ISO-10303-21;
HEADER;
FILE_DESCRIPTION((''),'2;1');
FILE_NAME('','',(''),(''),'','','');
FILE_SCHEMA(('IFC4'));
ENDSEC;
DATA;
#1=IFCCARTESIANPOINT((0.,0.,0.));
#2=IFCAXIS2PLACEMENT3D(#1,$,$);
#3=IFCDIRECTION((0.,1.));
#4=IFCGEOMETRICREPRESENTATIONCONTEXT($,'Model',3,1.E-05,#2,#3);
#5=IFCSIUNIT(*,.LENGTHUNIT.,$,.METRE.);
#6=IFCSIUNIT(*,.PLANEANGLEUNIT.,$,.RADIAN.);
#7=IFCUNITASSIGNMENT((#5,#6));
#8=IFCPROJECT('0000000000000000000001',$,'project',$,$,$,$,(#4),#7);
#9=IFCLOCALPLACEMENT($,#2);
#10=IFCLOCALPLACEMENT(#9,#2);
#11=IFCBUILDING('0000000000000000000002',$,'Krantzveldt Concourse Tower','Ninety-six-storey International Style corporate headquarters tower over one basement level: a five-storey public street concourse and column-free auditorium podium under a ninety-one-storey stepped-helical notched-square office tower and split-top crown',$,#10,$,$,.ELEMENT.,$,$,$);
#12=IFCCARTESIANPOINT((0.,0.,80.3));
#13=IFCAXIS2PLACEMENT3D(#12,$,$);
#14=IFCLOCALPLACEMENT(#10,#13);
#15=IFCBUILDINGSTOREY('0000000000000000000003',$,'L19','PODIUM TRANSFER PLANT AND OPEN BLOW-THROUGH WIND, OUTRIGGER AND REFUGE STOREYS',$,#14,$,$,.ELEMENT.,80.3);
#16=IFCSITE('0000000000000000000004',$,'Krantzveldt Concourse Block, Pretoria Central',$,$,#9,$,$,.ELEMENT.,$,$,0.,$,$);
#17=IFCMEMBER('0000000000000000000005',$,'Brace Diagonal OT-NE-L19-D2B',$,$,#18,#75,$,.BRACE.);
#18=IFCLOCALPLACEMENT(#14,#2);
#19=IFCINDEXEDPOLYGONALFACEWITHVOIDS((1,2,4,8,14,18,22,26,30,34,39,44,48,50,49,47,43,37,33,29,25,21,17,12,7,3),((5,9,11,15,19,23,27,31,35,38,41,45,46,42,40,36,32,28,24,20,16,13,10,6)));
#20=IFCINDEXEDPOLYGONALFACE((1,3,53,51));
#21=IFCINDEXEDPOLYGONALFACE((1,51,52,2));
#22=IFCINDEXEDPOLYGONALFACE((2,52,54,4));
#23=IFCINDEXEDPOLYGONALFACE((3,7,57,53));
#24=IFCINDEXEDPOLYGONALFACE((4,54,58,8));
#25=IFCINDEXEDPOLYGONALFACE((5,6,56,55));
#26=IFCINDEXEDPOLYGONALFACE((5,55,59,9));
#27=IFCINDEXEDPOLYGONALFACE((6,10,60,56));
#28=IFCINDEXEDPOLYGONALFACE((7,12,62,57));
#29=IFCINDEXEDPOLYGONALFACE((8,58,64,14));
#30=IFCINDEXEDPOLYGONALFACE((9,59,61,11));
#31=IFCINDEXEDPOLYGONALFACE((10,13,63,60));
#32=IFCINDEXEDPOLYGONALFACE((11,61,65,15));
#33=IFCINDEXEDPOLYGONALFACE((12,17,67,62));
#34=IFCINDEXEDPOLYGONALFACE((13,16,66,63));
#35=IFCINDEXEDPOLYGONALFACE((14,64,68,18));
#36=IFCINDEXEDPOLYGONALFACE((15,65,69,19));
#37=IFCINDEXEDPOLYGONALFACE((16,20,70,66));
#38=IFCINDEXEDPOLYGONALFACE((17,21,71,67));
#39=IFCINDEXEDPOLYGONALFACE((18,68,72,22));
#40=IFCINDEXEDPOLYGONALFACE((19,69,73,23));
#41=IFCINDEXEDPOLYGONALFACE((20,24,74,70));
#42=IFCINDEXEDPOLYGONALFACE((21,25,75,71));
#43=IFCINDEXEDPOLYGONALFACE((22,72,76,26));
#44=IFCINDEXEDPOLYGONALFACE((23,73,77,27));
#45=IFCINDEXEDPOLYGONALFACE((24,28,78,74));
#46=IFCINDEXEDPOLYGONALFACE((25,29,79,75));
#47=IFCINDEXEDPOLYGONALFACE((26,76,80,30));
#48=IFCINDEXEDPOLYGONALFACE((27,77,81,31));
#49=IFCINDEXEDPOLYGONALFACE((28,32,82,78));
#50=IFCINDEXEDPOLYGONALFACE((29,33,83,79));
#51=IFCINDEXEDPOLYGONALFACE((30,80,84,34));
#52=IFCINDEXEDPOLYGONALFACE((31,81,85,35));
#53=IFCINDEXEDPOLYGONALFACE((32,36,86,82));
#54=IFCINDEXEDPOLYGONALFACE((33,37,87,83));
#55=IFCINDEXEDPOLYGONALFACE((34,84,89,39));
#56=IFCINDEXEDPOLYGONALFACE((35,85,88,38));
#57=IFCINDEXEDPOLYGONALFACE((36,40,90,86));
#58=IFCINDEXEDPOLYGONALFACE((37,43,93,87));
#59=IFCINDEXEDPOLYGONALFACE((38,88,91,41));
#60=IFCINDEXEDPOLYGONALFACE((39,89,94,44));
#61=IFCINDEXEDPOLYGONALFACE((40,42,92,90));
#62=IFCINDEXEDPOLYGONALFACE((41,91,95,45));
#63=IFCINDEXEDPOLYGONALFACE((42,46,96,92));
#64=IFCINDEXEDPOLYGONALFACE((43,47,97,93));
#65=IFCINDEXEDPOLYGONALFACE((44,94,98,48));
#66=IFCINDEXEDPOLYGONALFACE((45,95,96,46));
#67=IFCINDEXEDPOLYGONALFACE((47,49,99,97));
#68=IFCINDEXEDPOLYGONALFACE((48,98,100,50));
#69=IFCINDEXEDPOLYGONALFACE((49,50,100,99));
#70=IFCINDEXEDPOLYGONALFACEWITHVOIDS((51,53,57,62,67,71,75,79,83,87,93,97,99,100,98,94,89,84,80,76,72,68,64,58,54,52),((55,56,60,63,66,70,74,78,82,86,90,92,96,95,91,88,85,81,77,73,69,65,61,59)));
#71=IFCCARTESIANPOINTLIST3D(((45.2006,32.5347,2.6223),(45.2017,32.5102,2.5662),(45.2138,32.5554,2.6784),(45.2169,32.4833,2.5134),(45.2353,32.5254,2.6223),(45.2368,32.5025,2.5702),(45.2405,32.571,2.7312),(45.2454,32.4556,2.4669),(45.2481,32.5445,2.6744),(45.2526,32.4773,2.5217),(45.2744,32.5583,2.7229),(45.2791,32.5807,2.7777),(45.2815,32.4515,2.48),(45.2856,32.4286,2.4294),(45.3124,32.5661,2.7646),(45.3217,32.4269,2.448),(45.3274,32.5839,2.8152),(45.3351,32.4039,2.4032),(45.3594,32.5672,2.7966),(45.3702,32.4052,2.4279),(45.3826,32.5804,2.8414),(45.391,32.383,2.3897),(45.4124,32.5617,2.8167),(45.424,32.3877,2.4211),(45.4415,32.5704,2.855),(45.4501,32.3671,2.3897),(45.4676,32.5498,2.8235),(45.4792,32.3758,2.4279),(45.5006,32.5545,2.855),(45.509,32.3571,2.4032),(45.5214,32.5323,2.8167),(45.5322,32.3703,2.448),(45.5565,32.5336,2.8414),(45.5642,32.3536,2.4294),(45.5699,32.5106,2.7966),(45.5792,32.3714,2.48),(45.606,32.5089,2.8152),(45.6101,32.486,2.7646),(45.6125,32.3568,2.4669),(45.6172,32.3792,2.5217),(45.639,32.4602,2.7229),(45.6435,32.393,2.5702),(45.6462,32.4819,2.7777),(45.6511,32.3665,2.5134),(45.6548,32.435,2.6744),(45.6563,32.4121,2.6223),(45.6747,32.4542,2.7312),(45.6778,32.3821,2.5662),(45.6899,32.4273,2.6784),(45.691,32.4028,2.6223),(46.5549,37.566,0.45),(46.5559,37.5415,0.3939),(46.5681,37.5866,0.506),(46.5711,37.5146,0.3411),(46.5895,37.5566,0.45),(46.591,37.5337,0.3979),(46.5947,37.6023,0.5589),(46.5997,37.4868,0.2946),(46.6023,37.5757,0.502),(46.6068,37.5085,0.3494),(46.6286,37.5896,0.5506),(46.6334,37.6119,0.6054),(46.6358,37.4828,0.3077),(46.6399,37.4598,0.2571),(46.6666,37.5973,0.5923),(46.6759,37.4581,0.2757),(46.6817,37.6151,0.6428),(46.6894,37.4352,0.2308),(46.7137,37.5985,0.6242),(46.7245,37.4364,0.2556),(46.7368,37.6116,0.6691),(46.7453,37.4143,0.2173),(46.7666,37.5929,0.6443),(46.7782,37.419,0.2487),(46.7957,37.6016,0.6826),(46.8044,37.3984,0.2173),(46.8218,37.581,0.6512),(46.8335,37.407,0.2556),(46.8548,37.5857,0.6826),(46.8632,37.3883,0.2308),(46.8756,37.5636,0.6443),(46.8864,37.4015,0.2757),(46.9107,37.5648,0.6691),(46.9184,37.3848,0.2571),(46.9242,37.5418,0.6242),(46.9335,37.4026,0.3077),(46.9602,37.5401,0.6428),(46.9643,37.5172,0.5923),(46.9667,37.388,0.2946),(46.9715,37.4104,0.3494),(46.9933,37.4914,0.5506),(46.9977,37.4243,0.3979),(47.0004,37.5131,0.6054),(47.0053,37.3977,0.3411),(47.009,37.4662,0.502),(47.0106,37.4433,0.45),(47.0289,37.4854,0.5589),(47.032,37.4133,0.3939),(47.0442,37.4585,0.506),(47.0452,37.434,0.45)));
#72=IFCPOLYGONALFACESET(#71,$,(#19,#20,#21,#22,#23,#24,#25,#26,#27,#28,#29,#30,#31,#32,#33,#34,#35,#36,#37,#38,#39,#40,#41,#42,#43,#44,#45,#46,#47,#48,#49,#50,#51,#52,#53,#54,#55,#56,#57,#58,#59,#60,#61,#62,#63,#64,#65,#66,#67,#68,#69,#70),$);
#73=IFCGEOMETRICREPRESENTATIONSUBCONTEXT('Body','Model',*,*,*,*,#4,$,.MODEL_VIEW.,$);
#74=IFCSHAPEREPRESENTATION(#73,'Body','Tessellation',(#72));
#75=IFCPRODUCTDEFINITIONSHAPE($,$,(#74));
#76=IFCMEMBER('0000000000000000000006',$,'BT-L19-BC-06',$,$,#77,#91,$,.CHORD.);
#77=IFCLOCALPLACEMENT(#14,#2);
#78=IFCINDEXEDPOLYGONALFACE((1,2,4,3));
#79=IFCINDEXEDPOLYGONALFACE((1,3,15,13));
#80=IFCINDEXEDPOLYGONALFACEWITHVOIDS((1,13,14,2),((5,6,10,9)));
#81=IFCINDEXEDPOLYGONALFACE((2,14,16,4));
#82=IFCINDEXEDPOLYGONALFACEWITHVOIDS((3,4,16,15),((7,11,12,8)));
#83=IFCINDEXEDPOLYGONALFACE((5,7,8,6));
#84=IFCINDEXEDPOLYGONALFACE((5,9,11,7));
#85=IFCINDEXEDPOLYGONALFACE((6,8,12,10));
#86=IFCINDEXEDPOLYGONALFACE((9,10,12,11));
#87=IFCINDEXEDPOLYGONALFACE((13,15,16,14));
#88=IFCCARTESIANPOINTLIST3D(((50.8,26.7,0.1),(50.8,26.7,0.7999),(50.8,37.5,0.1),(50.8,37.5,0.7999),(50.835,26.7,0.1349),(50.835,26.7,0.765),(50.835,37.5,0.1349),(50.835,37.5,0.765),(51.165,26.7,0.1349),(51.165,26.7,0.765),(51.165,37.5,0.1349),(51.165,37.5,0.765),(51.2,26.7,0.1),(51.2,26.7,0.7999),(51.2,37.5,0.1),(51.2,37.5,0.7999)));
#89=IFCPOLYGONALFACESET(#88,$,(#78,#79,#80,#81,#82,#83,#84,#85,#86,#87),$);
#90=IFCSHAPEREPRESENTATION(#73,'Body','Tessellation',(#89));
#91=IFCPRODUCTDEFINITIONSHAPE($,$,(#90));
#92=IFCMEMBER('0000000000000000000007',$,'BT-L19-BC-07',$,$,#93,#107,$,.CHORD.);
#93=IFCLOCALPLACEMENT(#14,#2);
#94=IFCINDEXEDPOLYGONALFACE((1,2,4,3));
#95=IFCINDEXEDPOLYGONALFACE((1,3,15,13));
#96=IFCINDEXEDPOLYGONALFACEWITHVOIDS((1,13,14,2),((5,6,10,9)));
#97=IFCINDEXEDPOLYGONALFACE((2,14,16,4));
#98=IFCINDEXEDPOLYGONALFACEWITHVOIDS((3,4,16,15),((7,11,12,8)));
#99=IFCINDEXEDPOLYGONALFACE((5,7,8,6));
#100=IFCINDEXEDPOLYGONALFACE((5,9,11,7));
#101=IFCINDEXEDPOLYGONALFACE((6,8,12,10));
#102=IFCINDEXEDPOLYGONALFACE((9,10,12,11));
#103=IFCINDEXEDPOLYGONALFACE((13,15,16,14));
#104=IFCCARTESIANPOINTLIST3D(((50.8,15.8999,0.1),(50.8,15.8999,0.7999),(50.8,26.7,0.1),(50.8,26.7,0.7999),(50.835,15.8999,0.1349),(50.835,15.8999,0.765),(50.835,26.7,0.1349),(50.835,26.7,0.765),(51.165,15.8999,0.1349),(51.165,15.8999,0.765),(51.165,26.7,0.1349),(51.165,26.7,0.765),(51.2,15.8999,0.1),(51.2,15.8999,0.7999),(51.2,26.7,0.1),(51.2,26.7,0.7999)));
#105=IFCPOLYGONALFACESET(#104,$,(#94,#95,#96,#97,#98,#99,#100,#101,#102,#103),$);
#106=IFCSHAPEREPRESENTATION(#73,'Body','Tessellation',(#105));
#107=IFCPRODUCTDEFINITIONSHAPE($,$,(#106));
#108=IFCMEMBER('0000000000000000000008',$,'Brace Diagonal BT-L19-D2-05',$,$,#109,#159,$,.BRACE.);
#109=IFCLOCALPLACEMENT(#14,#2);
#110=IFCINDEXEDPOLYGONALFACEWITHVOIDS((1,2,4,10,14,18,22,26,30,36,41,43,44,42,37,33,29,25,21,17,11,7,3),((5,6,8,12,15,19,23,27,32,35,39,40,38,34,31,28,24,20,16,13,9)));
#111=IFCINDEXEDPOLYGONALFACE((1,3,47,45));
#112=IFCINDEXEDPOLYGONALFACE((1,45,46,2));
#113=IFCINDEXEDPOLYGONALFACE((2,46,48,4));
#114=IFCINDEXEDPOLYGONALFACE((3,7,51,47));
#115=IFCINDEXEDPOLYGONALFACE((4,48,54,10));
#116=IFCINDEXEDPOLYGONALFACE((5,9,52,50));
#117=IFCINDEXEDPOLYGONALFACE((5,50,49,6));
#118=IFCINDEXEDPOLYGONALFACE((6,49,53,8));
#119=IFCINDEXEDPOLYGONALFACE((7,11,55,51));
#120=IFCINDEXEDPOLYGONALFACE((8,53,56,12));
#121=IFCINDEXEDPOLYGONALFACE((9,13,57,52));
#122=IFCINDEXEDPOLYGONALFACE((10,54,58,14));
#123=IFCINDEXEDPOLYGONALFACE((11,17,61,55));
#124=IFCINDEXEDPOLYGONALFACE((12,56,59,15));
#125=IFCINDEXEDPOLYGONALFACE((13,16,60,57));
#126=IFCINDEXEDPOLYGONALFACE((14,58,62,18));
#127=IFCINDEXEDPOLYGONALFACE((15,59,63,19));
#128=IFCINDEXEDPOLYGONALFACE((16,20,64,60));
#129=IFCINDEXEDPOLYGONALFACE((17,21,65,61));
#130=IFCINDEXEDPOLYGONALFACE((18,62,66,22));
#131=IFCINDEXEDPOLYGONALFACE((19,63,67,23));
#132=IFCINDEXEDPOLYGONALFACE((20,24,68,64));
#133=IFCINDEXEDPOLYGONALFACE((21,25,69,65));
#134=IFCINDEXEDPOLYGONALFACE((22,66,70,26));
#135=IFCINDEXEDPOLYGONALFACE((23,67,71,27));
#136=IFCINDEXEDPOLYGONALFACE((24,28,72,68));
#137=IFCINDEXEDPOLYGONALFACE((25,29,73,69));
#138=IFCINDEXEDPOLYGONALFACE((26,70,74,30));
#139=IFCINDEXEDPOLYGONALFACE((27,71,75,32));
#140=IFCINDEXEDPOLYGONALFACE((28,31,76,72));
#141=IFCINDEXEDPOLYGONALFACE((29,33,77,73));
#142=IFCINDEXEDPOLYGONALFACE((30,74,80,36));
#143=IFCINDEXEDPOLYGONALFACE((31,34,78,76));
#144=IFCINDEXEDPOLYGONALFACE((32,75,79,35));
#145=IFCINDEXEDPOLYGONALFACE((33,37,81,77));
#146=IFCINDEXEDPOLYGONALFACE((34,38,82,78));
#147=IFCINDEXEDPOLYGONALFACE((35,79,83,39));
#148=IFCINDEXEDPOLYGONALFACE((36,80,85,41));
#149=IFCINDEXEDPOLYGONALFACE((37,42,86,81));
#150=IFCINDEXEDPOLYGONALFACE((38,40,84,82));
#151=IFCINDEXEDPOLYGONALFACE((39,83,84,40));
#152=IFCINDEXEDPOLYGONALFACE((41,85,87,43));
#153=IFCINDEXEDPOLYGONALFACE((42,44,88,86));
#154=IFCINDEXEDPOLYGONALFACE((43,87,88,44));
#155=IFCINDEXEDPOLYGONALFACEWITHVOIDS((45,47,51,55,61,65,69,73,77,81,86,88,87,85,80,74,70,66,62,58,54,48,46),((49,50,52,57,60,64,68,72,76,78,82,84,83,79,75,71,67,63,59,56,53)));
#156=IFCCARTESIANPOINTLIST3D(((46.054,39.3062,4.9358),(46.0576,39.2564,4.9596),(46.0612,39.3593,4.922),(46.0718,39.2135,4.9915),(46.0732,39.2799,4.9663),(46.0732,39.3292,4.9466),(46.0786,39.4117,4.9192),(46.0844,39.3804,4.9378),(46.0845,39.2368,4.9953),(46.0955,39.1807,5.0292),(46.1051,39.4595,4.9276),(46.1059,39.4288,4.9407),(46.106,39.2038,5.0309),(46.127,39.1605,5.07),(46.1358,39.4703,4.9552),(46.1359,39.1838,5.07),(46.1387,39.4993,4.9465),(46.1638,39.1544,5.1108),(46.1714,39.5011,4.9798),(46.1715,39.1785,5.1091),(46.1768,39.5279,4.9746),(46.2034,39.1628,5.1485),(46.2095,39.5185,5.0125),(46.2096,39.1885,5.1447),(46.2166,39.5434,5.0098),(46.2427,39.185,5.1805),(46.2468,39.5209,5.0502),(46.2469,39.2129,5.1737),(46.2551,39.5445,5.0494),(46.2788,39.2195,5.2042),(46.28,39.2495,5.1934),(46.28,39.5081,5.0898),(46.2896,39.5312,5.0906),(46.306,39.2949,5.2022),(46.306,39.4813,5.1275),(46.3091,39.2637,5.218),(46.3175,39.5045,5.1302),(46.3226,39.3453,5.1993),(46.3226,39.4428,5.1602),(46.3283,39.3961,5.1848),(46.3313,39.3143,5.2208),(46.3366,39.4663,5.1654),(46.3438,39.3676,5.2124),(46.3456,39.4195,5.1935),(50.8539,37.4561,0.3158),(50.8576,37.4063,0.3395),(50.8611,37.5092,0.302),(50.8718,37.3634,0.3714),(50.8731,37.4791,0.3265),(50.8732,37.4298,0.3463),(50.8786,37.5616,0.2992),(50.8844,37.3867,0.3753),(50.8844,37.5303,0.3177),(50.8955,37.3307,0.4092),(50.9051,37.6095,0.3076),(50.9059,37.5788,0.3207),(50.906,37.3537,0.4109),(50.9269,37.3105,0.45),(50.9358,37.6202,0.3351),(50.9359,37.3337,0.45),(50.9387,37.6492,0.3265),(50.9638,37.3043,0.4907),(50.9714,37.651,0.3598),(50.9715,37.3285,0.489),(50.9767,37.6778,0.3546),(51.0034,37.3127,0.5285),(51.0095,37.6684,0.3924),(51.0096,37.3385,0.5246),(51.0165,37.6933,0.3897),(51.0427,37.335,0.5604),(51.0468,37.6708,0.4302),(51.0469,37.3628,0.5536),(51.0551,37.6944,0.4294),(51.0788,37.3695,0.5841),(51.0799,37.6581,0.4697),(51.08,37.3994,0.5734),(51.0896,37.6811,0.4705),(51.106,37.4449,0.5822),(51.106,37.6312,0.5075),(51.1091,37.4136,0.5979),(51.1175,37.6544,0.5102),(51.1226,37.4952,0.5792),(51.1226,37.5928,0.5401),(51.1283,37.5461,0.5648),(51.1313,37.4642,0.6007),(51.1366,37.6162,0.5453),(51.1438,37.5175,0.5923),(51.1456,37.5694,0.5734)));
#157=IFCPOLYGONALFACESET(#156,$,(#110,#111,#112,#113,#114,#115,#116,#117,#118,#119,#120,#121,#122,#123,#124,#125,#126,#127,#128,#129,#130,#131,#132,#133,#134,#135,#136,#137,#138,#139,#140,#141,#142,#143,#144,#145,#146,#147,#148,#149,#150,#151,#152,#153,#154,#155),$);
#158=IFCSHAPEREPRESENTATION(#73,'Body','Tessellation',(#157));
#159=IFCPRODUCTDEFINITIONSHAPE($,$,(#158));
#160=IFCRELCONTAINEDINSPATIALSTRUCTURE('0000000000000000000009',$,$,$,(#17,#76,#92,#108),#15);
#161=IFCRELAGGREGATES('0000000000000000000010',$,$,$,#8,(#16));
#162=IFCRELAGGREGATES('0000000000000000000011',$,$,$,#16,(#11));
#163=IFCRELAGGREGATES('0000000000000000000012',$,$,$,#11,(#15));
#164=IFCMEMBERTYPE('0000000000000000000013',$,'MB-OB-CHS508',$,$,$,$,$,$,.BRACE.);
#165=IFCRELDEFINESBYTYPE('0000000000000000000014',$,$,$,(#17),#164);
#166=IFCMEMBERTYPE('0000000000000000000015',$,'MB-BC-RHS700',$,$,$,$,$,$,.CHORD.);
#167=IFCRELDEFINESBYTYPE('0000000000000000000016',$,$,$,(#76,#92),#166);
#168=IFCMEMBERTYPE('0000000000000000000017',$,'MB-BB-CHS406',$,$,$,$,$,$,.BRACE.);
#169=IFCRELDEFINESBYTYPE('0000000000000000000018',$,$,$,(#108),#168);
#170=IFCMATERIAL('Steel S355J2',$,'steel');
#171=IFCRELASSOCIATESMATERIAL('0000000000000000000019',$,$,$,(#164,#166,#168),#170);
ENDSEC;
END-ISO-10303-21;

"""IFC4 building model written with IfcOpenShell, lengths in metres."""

from ifc_helpers import new_model, si_unit, direction, frame, origin, origin_2d, place, context, subcontext, project, spatial, hollow_rectangle, hollow_circle, extrude, source, transform, mapped, material, material_profile, profile_set, type_object, type_shapes, element, save


model = new_model("IFC4")

# Units and contexts
model_context = context("Model", 3, precision=1e-05, world=origin(), true_north=direction((0.0, 1.0)))
body_context = subcontext(model_context, "Body", "Model", "MODEL_VIEW")
ifc_project = project(units=[si_unit("LENGTHUNIT", "METRE"), si_unit("PLANEANGLEUNIT", "RADIAN")], contexts=[model_context])

# Site, building, storey
site_placement = place(None, origin())
site = spatial("IfcSite", under=ifc_project, at=site_placement, Name="Krantzveldt Concourse Block, Pretoria Central", CompositionType="ELEMENT", RefElevation=0.0)
building_placement = place(site_placement, origin())
building = spatial("IfcBuilding", under=site, at=building_placement, Name="Krantzveldt Concourse Tower", Description="Ninety-six-storey International Style corporate headquarters tower over one basement level: a five-storey public street concourse and column-free auditorium podium under a ninety-one-storey stepped-helical notched-square office tower and split-top crown", CompositionType="ELEMENT")
storey_placement = place(building_placement, frame((0.0, 0.0, 80.3)))
storey = spatial("IfcBuildingStorey", under=building, at=storey_placement, Name="L19", Description="PODIUM TRANSFER PLANT AND OPEN BLOW-THROUGH WIND, OUTRIGGER AND REFUGE STOREYS", CompositionType="ELEMENT", Elevation=80.3)

# Members
ifc_material_1 = material(Name="Steel S355J2", Category="steel")
ifc_material_profile_1 = material_profile(ifc_material_1, hollow_circle(Radius=0.2539, WallThickness=0.0359, at=origin_2d()), Name="Steel S355J2", Category="steel")
ifc_profile_set_1 = profile_set([ifc_material_profile_1], Name="Steel S355J2 - CHS 508x36")
member_type_1 = type_object("IfcMemberType", Name="MB-OB-CHS508", PredefinedType="BRACE", material=ifc_profile_set_1)
shared_shape_1 = source(origin(), body_context, "Body", "SweptSolid", [
    extrude(hollow_circle(Radius=0.2539, WallThickness=0.0359, at=origin_2d()), origin(), (0.0, 0.0, 1.0), 5.645),
])
type_shapes(member_type_1, [shared_shape_1])
member_1_placement = place(storey_placement, frame((45.4458, 32.4688, 2.6223), z_axis=(0.2399, 0.891267, -0.384826), x_axis=(-0.965631, 0.259916, 0.0)))
element("IfcMember", 1, at=member_1_placement, inside=storey, type_object=member_type_1, Name="Brace Diagonal OT-NE-L19-D2B", PredefinedType="BRACE", context=body_context, shape_type="MappedRepresentation", body=[
    mapped(shared_shape_1, transform((0.0, 0.0, 0.0), x_axis=(1.0, 0.0, 0.0), y_axis=(0.0, 1.0, 0.0), z_axis=(0.0, 0.0, 1.0), scale=1.0)),
])
ifc_material_profile_2 = material_profile(ifc_material_1, hollow_rectangle(XDim=0.3999, YDim=0.7, WallThickness=0.0349, at=origin_2d()), Name="Steel S355J2", Category="steel")
ifc_profile_set_2 = profile_set([ifc_material_profile_2], Name="Steel S355J2 - RHS 700x400x35")
member_type_2 = type_object("IfcMemberType", Name="MB-BC-RHS700", PredefinedType="CHORD", material=ifc_profile_set_2)
shared_shape_2 = source(origin(), body_context, "Body", "SweptSolid", [
    extrude(hollow_rectangle(XDim=0.3999, YDim=0.7, WallThickness=0.0349, at=origin_2d()), origin(), (0.0, 0.0, 1.0), 10.8),
])
type_shapes(member_type_2, [shared_shape_2])
for number, where, z_axis, x_axis, name in (
    (2, (51.0, 37.5, 0.45), (0.0, -1.0, 0.0), (1.0, 0.0, 0.0), "BT-L19-BC-06"),
    (3, (51.0, 26.7, 0.45), (0.0, -1.0, 0.0), (1.0, 0.0, 0.0), "BT-L19-BC-07"),
):
    element("IfcMember", number, at=place(storey_placement, frame(where, z_axis=z_axis, x_axis=x_axis)), inside=storey, type_object=member_type_2, Name=name, PredefinedType="CHORD", context=body_context, shape_type="MappedRepresentation", body=[
        mapped(shared_shape_2, transform((0.0, 0.0, 0.0), x_axis=(1.0, 0.0, 0.0), y_axis=(0.0, 1.0, 0.0), z_axis=(0.0, 0.0, 1.0), scale=1.0)),
    ])
ifc_material_profile_3 = material_profile(ifc_material_1, hollow_circle(Radius=0.2031, WallThickness=0.0249, at=origin_2d()), Name="Steel S355J2", Category="steel")
ifc_profile_set_3 = profile_set([ifc_material_profile_3], Name="Steel S355J2 - CHS 406.4x25")
member_type_3 = type_object("IfcMemberType", Name="MB-BB-CHS406", PredefinedType="BRACE", material=ifc_profile_set_3)
shared_shape_3 = source(origin(), body_context, "Body", "SweptSolid", [
    extrude(hollow_circle(Radius=0.2031, WallThickness=0.0249, at=origin_2d()), origin(), (0.0, 0.0, 1.0), 6.9143),
])
member_2_placement = place(storey_placement, frame((51.0, 37.5, 0.45), z_axis=(-0.694211, 0.267572, 0.668189), x_axis=(-0.359644, -0.93309, 0.0)))
element("IfcMember", 4, at=member_2_placement, inside=storey, type_object=member_type_3, Name="Brace Diagonal BT-L19-D2-05", PredefinedType="BRACE", context=body_context, shape_type="MappedRepresentation", body=[
    mapped(shared_shape_3, transform((0.0, 0.0, 0.0), x_axis=(1.0, 0.0, 0.0), y_axis=(0.0, 1.0, 0.0), z_axis=(0.0, 0.0, 1.0), scale=1.0)),
])

save(model, "model.ifc")
